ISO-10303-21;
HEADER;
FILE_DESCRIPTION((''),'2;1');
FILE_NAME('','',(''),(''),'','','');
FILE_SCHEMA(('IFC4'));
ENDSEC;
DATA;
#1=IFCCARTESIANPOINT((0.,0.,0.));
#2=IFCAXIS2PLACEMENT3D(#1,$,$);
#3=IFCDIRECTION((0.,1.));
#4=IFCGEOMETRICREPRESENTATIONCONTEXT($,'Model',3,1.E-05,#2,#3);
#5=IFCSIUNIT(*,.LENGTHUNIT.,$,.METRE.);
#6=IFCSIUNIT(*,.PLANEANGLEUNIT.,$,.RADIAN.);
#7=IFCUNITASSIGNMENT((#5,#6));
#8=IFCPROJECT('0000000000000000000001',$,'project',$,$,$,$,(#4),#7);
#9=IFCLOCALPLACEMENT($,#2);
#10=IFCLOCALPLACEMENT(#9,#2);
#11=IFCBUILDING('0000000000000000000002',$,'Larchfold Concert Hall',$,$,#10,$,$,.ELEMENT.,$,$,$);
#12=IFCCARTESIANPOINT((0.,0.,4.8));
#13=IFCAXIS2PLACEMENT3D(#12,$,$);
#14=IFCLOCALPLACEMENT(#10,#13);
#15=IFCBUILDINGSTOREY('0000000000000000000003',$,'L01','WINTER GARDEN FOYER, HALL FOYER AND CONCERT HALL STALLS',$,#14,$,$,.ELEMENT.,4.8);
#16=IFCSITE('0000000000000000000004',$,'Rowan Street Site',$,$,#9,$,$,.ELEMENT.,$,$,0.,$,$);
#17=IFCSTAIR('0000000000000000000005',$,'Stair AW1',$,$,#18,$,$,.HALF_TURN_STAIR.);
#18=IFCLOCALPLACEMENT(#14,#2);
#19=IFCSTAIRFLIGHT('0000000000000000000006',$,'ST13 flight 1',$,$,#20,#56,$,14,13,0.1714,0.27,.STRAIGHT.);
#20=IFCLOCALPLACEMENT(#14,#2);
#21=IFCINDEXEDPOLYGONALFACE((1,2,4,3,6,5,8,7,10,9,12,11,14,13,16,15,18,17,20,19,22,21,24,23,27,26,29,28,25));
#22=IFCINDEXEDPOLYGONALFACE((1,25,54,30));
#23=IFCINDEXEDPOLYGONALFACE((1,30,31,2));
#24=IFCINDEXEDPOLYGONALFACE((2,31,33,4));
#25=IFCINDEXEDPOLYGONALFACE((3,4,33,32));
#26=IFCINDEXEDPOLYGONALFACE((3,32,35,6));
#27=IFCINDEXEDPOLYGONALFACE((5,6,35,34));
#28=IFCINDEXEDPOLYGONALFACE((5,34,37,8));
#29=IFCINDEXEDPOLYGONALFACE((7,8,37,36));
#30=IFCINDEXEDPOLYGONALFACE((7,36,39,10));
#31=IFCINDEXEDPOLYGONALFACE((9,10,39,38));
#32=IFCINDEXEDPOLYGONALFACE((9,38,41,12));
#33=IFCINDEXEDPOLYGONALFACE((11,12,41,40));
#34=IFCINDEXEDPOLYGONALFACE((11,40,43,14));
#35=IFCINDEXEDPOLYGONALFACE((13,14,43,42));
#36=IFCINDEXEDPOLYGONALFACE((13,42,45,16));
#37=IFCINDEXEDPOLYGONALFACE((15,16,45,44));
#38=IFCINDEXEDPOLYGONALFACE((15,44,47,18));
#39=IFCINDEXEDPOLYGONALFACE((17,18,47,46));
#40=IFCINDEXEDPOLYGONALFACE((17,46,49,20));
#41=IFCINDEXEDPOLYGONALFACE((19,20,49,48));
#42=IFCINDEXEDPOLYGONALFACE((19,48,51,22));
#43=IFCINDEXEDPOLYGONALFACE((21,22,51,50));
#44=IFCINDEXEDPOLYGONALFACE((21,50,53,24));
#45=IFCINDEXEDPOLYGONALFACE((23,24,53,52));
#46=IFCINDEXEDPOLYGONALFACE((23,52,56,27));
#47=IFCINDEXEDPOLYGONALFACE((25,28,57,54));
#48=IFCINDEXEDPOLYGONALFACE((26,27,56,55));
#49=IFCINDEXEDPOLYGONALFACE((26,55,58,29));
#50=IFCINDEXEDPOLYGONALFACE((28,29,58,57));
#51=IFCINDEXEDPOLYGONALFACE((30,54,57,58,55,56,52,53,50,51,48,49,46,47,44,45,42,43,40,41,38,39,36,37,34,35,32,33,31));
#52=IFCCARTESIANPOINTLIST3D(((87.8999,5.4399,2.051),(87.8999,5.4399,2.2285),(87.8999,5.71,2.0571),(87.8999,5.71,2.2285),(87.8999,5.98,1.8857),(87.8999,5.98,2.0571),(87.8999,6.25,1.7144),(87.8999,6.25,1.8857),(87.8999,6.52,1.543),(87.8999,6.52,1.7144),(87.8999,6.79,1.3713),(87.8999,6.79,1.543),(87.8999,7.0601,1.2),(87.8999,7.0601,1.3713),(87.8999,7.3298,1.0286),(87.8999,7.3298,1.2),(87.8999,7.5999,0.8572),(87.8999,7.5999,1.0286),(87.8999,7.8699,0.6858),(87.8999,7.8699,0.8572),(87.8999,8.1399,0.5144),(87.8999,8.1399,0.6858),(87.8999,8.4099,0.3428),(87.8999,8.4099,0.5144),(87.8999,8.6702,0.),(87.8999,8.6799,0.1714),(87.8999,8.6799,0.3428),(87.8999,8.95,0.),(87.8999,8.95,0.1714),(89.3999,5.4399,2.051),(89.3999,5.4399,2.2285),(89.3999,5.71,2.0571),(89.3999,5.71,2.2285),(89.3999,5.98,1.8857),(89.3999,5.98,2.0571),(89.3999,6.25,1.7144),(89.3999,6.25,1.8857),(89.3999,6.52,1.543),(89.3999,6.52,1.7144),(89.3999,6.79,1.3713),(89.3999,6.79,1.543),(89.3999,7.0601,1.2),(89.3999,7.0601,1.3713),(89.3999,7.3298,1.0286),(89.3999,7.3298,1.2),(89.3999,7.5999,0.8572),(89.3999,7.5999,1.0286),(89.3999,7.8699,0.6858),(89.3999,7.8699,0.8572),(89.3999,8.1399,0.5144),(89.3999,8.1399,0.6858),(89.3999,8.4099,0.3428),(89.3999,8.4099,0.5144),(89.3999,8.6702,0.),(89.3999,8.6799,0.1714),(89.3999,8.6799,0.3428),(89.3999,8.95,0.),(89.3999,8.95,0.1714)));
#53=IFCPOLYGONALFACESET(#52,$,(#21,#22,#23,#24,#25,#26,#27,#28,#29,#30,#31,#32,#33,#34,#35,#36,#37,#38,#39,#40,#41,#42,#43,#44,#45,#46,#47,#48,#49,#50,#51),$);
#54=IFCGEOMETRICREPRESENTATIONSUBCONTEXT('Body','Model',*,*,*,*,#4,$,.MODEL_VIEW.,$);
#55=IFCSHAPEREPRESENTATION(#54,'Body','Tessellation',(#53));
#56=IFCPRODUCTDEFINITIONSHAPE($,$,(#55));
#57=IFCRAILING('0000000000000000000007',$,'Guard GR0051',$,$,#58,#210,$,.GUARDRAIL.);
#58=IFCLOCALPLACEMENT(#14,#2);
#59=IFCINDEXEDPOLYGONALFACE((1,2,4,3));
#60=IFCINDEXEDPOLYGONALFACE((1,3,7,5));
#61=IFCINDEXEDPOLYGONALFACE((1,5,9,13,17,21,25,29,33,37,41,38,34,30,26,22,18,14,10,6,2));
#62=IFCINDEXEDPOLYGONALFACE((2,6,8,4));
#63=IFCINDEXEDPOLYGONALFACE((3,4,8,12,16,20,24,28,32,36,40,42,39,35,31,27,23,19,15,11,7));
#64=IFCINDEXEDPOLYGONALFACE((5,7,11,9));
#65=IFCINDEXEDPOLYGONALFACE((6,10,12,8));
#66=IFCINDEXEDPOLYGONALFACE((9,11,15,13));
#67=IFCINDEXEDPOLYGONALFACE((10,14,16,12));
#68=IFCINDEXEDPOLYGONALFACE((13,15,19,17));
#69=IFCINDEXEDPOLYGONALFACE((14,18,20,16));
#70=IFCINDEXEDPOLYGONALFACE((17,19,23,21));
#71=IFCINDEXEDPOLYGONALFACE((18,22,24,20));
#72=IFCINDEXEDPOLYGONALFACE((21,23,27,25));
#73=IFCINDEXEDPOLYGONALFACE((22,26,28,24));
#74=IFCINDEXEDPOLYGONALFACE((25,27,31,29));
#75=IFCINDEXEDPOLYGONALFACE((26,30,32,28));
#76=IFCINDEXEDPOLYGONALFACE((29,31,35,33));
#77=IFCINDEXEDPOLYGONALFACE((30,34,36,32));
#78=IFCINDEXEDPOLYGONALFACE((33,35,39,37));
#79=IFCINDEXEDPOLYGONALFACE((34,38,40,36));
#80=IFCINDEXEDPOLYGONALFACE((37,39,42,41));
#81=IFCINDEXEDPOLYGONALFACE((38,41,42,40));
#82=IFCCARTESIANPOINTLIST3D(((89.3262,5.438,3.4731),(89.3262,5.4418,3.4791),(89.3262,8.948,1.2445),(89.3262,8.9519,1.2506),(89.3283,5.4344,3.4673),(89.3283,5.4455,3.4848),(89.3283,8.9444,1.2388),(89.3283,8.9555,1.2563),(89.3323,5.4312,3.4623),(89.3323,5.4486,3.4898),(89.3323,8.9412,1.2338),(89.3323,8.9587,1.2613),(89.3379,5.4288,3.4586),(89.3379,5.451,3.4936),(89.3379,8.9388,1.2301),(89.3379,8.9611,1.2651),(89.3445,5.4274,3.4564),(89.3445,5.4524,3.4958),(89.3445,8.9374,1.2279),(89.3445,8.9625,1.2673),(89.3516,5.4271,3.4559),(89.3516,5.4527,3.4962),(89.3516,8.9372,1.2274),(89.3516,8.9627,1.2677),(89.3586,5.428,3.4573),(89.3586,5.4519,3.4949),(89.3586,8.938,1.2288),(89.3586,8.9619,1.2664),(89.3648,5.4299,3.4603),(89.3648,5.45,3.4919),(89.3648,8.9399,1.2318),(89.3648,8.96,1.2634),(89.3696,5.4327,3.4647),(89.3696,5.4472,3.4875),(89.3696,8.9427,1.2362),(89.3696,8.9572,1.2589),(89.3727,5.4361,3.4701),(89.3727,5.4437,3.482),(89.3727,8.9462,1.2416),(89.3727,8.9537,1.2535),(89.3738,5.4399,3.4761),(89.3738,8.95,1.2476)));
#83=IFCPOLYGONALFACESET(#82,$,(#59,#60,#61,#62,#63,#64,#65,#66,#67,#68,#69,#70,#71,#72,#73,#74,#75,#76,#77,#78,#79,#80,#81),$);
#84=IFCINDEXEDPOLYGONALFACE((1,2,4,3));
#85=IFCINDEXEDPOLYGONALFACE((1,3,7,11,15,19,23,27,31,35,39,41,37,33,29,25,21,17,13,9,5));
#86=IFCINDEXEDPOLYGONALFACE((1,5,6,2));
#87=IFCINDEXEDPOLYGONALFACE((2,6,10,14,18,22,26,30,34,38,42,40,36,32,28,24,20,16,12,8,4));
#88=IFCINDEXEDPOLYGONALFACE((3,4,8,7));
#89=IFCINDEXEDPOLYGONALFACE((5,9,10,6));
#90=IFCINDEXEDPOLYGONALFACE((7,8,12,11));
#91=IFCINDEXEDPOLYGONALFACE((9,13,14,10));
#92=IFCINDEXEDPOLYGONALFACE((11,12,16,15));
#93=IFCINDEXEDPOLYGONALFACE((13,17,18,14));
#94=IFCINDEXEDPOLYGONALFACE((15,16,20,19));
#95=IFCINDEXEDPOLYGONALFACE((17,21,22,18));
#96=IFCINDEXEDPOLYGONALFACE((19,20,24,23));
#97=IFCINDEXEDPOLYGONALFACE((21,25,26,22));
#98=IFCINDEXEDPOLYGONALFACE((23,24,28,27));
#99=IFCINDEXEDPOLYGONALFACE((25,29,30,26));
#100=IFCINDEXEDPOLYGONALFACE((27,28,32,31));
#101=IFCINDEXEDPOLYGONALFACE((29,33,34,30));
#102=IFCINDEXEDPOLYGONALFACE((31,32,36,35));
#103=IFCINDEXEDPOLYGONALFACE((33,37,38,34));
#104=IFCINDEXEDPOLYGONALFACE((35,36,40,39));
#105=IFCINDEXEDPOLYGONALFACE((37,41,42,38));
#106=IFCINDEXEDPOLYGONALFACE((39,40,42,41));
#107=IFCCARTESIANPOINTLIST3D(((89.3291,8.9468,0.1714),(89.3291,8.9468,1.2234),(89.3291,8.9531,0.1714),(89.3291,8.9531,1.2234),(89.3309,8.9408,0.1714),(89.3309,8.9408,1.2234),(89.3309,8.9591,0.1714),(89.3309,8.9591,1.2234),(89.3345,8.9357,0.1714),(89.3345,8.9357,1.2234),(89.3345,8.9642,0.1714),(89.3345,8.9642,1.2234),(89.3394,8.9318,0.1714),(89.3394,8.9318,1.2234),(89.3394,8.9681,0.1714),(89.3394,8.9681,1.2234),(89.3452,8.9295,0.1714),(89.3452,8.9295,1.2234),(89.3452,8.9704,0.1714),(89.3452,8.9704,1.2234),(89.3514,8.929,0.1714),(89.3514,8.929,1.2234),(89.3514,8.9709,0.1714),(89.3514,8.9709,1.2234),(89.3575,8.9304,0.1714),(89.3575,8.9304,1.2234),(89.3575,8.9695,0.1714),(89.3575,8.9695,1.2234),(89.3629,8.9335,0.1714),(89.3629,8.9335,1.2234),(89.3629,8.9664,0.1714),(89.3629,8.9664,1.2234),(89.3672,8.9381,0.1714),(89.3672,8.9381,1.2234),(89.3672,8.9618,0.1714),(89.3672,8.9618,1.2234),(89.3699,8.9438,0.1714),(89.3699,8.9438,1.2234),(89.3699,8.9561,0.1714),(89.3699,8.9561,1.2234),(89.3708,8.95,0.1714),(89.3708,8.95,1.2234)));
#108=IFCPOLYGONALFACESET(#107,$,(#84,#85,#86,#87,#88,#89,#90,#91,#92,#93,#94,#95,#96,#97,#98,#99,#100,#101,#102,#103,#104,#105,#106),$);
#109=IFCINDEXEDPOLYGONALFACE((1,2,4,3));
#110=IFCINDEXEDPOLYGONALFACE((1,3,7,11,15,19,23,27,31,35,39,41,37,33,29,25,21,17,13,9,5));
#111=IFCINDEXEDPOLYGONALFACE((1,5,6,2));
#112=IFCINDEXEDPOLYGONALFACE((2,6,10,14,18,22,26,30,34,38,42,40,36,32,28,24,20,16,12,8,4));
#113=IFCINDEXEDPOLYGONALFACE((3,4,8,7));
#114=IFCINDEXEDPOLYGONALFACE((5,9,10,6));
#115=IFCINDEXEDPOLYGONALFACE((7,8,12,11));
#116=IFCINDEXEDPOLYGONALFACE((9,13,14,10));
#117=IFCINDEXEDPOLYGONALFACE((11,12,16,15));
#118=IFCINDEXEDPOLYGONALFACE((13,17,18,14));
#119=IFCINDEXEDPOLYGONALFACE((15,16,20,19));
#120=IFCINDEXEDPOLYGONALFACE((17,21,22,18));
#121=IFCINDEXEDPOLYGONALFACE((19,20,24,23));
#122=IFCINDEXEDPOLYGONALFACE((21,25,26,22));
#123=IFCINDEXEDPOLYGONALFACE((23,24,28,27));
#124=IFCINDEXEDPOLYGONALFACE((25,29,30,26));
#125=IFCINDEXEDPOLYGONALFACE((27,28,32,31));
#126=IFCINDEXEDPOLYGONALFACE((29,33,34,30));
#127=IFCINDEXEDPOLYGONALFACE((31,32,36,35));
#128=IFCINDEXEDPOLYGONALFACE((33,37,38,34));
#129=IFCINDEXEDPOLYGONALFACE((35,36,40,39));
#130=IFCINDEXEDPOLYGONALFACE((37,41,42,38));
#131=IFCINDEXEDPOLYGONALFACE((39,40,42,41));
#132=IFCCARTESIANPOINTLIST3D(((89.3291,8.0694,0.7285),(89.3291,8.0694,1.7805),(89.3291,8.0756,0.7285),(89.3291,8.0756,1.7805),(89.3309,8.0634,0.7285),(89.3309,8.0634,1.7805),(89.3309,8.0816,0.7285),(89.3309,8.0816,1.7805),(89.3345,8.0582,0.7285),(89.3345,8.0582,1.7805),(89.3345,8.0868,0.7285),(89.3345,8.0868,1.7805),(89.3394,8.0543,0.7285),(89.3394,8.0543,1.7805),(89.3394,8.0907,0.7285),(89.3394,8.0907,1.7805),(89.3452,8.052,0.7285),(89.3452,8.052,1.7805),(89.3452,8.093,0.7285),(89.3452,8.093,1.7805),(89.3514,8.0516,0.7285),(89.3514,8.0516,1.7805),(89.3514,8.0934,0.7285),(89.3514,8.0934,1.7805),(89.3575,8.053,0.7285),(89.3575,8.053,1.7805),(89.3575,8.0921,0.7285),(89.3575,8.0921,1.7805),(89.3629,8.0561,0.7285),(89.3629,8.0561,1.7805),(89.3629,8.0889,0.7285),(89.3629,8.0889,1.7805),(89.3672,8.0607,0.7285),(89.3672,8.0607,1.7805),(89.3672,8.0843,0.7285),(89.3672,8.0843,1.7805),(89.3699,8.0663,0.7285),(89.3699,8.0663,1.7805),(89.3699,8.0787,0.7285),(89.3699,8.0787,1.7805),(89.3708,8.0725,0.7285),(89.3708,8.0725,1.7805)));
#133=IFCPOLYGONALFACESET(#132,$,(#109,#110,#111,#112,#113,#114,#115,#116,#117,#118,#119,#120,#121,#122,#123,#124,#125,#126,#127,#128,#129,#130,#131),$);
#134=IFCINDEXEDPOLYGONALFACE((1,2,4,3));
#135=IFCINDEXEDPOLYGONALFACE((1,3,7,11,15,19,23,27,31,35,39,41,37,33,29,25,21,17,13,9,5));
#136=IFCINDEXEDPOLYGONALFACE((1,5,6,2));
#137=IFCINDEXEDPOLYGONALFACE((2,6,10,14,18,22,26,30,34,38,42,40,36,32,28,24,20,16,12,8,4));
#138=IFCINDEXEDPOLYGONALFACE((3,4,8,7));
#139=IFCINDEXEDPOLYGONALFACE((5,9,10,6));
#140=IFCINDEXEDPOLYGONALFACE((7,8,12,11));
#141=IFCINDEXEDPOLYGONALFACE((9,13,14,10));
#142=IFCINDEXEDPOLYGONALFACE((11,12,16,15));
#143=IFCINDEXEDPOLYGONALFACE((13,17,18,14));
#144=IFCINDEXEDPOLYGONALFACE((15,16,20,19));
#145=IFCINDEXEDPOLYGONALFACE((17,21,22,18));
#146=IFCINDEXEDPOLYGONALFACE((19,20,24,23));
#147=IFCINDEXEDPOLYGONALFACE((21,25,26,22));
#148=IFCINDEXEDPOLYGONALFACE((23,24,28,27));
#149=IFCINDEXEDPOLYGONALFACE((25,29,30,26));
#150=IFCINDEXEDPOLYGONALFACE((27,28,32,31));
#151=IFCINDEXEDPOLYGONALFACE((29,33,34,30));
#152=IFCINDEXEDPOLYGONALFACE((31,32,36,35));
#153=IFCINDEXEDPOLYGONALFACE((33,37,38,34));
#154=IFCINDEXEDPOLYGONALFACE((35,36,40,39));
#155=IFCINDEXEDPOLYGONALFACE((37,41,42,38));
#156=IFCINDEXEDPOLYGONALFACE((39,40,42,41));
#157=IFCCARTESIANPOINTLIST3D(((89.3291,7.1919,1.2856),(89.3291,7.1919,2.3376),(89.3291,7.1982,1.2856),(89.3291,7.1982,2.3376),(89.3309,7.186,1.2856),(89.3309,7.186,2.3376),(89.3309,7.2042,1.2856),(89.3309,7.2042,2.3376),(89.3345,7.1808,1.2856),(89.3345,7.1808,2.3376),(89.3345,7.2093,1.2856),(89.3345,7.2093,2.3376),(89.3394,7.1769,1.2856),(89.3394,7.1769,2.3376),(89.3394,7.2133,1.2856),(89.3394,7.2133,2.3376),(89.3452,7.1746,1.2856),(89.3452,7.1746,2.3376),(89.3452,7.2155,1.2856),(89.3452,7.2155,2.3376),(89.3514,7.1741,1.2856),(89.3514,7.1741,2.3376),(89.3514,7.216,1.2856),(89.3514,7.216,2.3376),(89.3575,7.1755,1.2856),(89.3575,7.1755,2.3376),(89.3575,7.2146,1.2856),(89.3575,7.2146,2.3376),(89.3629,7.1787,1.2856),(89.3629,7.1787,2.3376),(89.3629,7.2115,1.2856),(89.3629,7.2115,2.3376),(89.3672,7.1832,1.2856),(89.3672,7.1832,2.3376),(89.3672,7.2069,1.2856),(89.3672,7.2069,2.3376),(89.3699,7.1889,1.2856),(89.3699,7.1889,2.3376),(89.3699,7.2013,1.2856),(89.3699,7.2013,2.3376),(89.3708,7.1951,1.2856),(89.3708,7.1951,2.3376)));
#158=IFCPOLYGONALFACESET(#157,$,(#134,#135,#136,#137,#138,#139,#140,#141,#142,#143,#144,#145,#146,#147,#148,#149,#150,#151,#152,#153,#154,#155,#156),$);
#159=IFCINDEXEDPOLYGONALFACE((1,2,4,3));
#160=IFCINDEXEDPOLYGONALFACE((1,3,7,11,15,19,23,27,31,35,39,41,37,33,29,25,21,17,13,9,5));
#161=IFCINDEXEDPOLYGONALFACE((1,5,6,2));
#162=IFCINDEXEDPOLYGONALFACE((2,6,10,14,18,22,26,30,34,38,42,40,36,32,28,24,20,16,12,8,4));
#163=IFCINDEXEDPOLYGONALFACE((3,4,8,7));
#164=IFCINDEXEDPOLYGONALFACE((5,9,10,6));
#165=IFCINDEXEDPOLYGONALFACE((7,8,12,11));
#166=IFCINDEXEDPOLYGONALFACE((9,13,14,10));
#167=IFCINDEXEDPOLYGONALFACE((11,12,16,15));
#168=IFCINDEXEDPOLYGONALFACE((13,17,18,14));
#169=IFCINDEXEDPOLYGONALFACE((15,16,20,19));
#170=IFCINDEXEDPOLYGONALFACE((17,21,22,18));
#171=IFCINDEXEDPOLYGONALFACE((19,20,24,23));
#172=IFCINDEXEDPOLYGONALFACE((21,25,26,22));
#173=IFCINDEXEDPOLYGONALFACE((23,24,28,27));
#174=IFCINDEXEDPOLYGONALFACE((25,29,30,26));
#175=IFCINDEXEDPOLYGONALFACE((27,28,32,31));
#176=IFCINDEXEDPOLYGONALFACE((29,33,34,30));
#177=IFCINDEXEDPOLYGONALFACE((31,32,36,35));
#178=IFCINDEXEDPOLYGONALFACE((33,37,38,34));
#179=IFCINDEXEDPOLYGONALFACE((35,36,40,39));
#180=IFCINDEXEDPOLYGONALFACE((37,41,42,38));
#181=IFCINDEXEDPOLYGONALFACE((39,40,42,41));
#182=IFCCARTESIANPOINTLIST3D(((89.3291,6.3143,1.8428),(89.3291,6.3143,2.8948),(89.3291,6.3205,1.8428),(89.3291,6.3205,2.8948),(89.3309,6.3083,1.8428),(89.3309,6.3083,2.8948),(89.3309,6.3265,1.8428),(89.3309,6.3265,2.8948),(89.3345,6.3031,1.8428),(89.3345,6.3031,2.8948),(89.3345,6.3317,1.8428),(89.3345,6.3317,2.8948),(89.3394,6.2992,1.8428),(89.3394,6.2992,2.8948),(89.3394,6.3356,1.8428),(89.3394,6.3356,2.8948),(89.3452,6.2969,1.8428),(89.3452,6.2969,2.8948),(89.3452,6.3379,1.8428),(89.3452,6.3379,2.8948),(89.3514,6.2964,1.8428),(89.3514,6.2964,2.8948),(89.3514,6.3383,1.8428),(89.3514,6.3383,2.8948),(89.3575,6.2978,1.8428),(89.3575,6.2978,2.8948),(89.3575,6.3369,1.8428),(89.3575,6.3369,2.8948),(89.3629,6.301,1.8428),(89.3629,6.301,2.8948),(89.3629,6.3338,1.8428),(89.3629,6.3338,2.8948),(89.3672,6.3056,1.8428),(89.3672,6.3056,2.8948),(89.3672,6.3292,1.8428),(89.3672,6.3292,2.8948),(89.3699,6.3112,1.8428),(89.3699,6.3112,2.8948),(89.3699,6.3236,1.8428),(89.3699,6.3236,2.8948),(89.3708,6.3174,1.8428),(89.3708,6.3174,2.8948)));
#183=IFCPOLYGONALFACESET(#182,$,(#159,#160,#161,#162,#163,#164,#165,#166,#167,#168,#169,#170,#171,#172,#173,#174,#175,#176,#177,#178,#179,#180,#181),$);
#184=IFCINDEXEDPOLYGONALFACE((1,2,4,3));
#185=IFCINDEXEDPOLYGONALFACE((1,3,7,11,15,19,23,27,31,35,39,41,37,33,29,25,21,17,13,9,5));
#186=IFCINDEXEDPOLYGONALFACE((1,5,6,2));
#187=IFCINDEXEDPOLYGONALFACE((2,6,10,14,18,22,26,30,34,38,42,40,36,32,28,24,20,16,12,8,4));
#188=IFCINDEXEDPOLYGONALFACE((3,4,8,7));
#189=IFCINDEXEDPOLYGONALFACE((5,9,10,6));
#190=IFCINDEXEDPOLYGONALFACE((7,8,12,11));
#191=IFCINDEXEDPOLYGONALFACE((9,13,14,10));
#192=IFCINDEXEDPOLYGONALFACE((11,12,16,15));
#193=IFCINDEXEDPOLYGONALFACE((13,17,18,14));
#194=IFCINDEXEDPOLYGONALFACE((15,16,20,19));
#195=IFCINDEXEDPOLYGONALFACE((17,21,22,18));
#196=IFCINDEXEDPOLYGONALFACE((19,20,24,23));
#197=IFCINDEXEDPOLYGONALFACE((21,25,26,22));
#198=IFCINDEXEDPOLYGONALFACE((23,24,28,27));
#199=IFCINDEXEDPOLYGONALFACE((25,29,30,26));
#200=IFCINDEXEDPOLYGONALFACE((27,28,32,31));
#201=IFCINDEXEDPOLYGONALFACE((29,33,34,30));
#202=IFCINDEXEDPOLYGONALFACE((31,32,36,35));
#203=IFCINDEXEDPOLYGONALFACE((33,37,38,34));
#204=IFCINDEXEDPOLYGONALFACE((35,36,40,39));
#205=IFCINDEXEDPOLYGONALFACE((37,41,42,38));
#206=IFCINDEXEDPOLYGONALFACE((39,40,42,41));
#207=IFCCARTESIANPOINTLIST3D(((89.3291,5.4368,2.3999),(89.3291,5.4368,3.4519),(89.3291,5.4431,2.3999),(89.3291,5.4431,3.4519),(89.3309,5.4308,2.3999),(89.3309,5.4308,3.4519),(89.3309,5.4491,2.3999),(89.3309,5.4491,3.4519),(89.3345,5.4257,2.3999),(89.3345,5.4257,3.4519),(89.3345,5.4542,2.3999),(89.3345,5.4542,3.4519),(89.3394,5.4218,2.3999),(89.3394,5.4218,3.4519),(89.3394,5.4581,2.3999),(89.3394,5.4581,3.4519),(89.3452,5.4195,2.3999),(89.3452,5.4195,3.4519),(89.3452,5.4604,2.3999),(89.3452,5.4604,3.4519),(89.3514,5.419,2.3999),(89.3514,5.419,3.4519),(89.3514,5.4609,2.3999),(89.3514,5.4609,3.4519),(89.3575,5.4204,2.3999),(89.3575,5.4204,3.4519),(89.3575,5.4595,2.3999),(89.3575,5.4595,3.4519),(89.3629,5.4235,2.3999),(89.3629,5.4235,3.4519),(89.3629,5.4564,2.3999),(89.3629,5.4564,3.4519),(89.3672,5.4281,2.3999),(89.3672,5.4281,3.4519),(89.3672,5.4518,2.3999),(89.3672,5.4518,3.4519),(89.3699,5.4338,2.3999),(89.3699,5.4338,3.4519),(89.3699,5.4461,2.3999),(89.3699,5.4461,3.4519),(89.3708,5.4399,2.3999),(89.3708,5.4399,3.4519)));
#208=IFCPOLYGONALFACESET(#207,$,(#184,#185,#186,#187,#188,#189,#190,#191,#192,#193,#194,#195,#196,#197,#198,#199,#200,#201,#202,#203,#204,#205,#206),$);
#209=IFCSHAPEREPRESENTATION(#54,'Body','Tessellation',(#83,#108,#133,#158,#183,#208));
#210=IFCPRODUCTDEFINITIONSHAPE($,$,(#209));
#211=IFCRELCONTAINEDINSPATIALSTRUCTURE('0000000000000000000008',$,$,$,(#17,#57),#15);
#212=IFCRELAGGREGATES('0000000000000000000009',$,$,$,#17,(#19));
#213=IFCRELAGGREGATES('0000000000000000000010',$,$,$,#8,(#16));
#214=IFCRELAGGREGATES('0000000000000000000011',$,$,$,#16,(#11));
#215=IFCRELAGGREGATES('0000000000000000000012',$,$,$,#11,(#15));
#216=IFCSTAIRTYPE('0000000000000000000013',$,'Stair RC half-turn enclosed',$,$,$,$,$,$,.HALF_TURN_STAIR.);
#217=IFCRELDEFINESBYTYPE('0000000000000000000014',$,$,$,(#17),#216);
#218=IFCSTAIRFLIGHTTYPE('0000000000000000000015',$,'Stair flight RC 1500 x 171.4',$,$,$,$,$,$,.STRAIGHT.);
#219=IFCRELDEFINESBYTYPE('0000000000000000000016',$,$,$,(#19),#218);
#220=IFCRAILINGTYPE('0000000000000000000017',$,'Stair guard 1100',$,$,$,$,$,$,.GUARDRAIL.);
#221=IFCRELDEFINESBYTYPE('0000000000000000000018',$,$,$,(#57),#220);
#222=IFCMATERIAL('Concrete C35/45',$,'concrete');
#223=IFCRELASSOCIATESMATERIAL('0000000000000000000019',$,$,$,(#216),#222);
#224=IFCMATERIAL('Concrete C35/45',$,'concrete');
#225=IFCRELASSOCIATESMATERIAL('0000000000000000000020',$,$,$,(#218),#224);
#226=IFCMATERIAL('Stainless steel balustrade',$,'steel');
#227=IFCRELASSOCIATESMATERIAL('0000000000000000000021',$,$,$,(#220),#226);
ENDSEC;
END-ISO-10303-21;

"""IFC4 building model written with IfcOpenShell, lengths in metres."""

from ifc_helpers import new_model, si_unit, direction, frame, origin, origin_2d, place, context, subcontext, project, spatial, polyline, circle, outline, extrude, material, type_object, element, aggregate, save


model = new_model("IFC4")

# Units and contexts
model_context = context("Model", 3, precision=1e-05, world=origin(), true_north=direction((0.0, 1.0)))
body_context = subcontext(model_context, "Body", "Model", "MODEL_VIEW")
ifc_project = project(units=[si_unit("LENGTHUNIT", "METRE"), si_unit("PLANEANGLEUNIT", "RADIAN")], contexts=[model_context])

# Site, building, storey
site_placement = place(None, origin())
site = spatial("IfcSite", under=ifc_project, at=site_placement, Name="Rowan Street Site", CompositionType="ELEMENT", RefElevation=0.0)
building_placement = place(site_placement, origin())
building = spatial("IfcBuilding", under=site, at=building_placement, Name="Larchfold Concert Hall", CompositionType="ELEMENT")
storey_placement = place(building_placement, frame((0.0, 0.0, 4.8)))
storey = spatial("IfcBuildingStorey", under=building, at=storey_placement, Name="L01", Description="WINTER GARDEN FOYER, HALL FOYER AND CONCERT HALL STALLS", CompositionType="ELEMENT", Elevation=4.8)

# Stair, stair flight
ifc_material_1 = material(Name="Concrete C35/45", Category="concrete")
stair_type = type_object("IfcStairType", Name="Stair RC half-turn enclosed", PredefinedType="HALF_TURN_STAIR", material=ifc_material_1)
stair_placement = place(storey_placement, origin())
stair = element("IfcStair", 1, at=stair_placement, inside=storey, type_object=stair_type, Name="Stair AW1", PredefinedType="HALF_TURN_STAIR")
ifc_material_2 = material(Name="Concrete C35/45", Category="concrete")
stair_flight_type = type_object("IfcStairFlightType", Name="Stair flight RC 1500 x 171.4", PredefinedType="STRAIGHT", material=ifc_material_2)
stair_flight_placement = place(storey_placement, frame((88.6499, 8.95, 0.0), z_axis=(0.0, 0.0, 1.0), x_axis=(0.0, -1.0, 0.0)))
stair_flight = element("IfcStairFlight", 2, at=stair_flight_placement, type_object=stair_flight_type, Name="ST13 flight 1", NumberOfRisers=14, NumberOfTreads=13, PredefinedType="STRAIGHT", RiserHeight=0.1714, TreadLength=0.27, context=body_context, shape_type="SweptSolid", body=[
    extrude(outline(polyline([(0.0, 0.0), (0.0, 0.1714), (0.27, 0.1714), (0.27, 0.3428), (0.54, 0.3428), (0.54, 0.5144), (0.8101, 0.5144), (0.8101, 0.6858), (1.0801, 0.6858), (1.0801, 0.8572), (1.3501, 0.8572), (1.3501, 1.0286), (1.6201, 1.0286), (1.6201, 1.2), (1.8899, 1.2), (1.8899, 1.3713), (2.1599, 1.3713), (2.1599, 1.543), (2.4299, 1.543), (2.4299, 1.7144), (2.7, 1.7144), (2.7, 1.8857), (2.97, 1.8857), (2.97, 2.0571), (3.24, 2.0571), (3.24, 2.2285), (3.51, 2.2285), (3.51, 2.3999), (3.51, 2.051), (0.2798, 0.0), (0.0, 0.0)])), frame((0.0, 0.75, 0.0), z_axis=(0.0, -1.0, 0.0), x_axis=(1.0, 0.0, 0.0)), (0.0, 0.0, 1.0), 1.5),
])
aggregate(stair, [stair_flight])

# Railing
ifc_material_3 = material(Name="Stainless steel balustrade", Category="steel")
railing_type_1 = type_object("IfcRailingType", Name="Stair guard 1100", PredefinedType="GUARDRAIL", material=ifc_material_3)
railing_1_placement = place(storey_placement, frame((89.3499, 8.95, 0.1714)))
element("IfcRailing", 3, at=railing_1_placement, inside=storey, type_object=railing_type_1, Name="Guard GR0051", PredefinedType="GUARDRAIL", context=body_context, shape_type="SweptSolid", body=[
    extrude(circle(Radius=0.0239, at=origin_2d()), frame((0.0, 0.0, 1.0762), z_axis=(0.0, -0.84422, 0.535998), x_axis=(1.0, 0.0, 0.0)), (0.0, 0.0, 1.0), 4.1577),
    extrude(circle(Radius=0.021, at=origin_2d()), origin(), (0.0, 0.0, 1.0), 1.052),
    extrude(circle(Radius=0.021, at=origin_2d()), frame((0.0, -0.8774, 0.5571)), (0.0, 0.0, 1.0), 1.052),
    extrude(circle(Radius=0.021, at=origin_2d()), frame((0.0, -1.7549, 1.1143)), (0.0, 0.0, 1.0), 1.052),
    extrude(circle(Radius=0.021, at=origin_2d()), frame((0.0, -2.6326, 1.6714)), (0.0, 0.0, 1.0), 1.052),
    extrude(circle(Radius=0.021, at=origin_2d()), frame((0.0, -3.51, 2.2285)), (0.0, 0.0, 1.0), 1.052),
])

save(model, "model.ifc")
